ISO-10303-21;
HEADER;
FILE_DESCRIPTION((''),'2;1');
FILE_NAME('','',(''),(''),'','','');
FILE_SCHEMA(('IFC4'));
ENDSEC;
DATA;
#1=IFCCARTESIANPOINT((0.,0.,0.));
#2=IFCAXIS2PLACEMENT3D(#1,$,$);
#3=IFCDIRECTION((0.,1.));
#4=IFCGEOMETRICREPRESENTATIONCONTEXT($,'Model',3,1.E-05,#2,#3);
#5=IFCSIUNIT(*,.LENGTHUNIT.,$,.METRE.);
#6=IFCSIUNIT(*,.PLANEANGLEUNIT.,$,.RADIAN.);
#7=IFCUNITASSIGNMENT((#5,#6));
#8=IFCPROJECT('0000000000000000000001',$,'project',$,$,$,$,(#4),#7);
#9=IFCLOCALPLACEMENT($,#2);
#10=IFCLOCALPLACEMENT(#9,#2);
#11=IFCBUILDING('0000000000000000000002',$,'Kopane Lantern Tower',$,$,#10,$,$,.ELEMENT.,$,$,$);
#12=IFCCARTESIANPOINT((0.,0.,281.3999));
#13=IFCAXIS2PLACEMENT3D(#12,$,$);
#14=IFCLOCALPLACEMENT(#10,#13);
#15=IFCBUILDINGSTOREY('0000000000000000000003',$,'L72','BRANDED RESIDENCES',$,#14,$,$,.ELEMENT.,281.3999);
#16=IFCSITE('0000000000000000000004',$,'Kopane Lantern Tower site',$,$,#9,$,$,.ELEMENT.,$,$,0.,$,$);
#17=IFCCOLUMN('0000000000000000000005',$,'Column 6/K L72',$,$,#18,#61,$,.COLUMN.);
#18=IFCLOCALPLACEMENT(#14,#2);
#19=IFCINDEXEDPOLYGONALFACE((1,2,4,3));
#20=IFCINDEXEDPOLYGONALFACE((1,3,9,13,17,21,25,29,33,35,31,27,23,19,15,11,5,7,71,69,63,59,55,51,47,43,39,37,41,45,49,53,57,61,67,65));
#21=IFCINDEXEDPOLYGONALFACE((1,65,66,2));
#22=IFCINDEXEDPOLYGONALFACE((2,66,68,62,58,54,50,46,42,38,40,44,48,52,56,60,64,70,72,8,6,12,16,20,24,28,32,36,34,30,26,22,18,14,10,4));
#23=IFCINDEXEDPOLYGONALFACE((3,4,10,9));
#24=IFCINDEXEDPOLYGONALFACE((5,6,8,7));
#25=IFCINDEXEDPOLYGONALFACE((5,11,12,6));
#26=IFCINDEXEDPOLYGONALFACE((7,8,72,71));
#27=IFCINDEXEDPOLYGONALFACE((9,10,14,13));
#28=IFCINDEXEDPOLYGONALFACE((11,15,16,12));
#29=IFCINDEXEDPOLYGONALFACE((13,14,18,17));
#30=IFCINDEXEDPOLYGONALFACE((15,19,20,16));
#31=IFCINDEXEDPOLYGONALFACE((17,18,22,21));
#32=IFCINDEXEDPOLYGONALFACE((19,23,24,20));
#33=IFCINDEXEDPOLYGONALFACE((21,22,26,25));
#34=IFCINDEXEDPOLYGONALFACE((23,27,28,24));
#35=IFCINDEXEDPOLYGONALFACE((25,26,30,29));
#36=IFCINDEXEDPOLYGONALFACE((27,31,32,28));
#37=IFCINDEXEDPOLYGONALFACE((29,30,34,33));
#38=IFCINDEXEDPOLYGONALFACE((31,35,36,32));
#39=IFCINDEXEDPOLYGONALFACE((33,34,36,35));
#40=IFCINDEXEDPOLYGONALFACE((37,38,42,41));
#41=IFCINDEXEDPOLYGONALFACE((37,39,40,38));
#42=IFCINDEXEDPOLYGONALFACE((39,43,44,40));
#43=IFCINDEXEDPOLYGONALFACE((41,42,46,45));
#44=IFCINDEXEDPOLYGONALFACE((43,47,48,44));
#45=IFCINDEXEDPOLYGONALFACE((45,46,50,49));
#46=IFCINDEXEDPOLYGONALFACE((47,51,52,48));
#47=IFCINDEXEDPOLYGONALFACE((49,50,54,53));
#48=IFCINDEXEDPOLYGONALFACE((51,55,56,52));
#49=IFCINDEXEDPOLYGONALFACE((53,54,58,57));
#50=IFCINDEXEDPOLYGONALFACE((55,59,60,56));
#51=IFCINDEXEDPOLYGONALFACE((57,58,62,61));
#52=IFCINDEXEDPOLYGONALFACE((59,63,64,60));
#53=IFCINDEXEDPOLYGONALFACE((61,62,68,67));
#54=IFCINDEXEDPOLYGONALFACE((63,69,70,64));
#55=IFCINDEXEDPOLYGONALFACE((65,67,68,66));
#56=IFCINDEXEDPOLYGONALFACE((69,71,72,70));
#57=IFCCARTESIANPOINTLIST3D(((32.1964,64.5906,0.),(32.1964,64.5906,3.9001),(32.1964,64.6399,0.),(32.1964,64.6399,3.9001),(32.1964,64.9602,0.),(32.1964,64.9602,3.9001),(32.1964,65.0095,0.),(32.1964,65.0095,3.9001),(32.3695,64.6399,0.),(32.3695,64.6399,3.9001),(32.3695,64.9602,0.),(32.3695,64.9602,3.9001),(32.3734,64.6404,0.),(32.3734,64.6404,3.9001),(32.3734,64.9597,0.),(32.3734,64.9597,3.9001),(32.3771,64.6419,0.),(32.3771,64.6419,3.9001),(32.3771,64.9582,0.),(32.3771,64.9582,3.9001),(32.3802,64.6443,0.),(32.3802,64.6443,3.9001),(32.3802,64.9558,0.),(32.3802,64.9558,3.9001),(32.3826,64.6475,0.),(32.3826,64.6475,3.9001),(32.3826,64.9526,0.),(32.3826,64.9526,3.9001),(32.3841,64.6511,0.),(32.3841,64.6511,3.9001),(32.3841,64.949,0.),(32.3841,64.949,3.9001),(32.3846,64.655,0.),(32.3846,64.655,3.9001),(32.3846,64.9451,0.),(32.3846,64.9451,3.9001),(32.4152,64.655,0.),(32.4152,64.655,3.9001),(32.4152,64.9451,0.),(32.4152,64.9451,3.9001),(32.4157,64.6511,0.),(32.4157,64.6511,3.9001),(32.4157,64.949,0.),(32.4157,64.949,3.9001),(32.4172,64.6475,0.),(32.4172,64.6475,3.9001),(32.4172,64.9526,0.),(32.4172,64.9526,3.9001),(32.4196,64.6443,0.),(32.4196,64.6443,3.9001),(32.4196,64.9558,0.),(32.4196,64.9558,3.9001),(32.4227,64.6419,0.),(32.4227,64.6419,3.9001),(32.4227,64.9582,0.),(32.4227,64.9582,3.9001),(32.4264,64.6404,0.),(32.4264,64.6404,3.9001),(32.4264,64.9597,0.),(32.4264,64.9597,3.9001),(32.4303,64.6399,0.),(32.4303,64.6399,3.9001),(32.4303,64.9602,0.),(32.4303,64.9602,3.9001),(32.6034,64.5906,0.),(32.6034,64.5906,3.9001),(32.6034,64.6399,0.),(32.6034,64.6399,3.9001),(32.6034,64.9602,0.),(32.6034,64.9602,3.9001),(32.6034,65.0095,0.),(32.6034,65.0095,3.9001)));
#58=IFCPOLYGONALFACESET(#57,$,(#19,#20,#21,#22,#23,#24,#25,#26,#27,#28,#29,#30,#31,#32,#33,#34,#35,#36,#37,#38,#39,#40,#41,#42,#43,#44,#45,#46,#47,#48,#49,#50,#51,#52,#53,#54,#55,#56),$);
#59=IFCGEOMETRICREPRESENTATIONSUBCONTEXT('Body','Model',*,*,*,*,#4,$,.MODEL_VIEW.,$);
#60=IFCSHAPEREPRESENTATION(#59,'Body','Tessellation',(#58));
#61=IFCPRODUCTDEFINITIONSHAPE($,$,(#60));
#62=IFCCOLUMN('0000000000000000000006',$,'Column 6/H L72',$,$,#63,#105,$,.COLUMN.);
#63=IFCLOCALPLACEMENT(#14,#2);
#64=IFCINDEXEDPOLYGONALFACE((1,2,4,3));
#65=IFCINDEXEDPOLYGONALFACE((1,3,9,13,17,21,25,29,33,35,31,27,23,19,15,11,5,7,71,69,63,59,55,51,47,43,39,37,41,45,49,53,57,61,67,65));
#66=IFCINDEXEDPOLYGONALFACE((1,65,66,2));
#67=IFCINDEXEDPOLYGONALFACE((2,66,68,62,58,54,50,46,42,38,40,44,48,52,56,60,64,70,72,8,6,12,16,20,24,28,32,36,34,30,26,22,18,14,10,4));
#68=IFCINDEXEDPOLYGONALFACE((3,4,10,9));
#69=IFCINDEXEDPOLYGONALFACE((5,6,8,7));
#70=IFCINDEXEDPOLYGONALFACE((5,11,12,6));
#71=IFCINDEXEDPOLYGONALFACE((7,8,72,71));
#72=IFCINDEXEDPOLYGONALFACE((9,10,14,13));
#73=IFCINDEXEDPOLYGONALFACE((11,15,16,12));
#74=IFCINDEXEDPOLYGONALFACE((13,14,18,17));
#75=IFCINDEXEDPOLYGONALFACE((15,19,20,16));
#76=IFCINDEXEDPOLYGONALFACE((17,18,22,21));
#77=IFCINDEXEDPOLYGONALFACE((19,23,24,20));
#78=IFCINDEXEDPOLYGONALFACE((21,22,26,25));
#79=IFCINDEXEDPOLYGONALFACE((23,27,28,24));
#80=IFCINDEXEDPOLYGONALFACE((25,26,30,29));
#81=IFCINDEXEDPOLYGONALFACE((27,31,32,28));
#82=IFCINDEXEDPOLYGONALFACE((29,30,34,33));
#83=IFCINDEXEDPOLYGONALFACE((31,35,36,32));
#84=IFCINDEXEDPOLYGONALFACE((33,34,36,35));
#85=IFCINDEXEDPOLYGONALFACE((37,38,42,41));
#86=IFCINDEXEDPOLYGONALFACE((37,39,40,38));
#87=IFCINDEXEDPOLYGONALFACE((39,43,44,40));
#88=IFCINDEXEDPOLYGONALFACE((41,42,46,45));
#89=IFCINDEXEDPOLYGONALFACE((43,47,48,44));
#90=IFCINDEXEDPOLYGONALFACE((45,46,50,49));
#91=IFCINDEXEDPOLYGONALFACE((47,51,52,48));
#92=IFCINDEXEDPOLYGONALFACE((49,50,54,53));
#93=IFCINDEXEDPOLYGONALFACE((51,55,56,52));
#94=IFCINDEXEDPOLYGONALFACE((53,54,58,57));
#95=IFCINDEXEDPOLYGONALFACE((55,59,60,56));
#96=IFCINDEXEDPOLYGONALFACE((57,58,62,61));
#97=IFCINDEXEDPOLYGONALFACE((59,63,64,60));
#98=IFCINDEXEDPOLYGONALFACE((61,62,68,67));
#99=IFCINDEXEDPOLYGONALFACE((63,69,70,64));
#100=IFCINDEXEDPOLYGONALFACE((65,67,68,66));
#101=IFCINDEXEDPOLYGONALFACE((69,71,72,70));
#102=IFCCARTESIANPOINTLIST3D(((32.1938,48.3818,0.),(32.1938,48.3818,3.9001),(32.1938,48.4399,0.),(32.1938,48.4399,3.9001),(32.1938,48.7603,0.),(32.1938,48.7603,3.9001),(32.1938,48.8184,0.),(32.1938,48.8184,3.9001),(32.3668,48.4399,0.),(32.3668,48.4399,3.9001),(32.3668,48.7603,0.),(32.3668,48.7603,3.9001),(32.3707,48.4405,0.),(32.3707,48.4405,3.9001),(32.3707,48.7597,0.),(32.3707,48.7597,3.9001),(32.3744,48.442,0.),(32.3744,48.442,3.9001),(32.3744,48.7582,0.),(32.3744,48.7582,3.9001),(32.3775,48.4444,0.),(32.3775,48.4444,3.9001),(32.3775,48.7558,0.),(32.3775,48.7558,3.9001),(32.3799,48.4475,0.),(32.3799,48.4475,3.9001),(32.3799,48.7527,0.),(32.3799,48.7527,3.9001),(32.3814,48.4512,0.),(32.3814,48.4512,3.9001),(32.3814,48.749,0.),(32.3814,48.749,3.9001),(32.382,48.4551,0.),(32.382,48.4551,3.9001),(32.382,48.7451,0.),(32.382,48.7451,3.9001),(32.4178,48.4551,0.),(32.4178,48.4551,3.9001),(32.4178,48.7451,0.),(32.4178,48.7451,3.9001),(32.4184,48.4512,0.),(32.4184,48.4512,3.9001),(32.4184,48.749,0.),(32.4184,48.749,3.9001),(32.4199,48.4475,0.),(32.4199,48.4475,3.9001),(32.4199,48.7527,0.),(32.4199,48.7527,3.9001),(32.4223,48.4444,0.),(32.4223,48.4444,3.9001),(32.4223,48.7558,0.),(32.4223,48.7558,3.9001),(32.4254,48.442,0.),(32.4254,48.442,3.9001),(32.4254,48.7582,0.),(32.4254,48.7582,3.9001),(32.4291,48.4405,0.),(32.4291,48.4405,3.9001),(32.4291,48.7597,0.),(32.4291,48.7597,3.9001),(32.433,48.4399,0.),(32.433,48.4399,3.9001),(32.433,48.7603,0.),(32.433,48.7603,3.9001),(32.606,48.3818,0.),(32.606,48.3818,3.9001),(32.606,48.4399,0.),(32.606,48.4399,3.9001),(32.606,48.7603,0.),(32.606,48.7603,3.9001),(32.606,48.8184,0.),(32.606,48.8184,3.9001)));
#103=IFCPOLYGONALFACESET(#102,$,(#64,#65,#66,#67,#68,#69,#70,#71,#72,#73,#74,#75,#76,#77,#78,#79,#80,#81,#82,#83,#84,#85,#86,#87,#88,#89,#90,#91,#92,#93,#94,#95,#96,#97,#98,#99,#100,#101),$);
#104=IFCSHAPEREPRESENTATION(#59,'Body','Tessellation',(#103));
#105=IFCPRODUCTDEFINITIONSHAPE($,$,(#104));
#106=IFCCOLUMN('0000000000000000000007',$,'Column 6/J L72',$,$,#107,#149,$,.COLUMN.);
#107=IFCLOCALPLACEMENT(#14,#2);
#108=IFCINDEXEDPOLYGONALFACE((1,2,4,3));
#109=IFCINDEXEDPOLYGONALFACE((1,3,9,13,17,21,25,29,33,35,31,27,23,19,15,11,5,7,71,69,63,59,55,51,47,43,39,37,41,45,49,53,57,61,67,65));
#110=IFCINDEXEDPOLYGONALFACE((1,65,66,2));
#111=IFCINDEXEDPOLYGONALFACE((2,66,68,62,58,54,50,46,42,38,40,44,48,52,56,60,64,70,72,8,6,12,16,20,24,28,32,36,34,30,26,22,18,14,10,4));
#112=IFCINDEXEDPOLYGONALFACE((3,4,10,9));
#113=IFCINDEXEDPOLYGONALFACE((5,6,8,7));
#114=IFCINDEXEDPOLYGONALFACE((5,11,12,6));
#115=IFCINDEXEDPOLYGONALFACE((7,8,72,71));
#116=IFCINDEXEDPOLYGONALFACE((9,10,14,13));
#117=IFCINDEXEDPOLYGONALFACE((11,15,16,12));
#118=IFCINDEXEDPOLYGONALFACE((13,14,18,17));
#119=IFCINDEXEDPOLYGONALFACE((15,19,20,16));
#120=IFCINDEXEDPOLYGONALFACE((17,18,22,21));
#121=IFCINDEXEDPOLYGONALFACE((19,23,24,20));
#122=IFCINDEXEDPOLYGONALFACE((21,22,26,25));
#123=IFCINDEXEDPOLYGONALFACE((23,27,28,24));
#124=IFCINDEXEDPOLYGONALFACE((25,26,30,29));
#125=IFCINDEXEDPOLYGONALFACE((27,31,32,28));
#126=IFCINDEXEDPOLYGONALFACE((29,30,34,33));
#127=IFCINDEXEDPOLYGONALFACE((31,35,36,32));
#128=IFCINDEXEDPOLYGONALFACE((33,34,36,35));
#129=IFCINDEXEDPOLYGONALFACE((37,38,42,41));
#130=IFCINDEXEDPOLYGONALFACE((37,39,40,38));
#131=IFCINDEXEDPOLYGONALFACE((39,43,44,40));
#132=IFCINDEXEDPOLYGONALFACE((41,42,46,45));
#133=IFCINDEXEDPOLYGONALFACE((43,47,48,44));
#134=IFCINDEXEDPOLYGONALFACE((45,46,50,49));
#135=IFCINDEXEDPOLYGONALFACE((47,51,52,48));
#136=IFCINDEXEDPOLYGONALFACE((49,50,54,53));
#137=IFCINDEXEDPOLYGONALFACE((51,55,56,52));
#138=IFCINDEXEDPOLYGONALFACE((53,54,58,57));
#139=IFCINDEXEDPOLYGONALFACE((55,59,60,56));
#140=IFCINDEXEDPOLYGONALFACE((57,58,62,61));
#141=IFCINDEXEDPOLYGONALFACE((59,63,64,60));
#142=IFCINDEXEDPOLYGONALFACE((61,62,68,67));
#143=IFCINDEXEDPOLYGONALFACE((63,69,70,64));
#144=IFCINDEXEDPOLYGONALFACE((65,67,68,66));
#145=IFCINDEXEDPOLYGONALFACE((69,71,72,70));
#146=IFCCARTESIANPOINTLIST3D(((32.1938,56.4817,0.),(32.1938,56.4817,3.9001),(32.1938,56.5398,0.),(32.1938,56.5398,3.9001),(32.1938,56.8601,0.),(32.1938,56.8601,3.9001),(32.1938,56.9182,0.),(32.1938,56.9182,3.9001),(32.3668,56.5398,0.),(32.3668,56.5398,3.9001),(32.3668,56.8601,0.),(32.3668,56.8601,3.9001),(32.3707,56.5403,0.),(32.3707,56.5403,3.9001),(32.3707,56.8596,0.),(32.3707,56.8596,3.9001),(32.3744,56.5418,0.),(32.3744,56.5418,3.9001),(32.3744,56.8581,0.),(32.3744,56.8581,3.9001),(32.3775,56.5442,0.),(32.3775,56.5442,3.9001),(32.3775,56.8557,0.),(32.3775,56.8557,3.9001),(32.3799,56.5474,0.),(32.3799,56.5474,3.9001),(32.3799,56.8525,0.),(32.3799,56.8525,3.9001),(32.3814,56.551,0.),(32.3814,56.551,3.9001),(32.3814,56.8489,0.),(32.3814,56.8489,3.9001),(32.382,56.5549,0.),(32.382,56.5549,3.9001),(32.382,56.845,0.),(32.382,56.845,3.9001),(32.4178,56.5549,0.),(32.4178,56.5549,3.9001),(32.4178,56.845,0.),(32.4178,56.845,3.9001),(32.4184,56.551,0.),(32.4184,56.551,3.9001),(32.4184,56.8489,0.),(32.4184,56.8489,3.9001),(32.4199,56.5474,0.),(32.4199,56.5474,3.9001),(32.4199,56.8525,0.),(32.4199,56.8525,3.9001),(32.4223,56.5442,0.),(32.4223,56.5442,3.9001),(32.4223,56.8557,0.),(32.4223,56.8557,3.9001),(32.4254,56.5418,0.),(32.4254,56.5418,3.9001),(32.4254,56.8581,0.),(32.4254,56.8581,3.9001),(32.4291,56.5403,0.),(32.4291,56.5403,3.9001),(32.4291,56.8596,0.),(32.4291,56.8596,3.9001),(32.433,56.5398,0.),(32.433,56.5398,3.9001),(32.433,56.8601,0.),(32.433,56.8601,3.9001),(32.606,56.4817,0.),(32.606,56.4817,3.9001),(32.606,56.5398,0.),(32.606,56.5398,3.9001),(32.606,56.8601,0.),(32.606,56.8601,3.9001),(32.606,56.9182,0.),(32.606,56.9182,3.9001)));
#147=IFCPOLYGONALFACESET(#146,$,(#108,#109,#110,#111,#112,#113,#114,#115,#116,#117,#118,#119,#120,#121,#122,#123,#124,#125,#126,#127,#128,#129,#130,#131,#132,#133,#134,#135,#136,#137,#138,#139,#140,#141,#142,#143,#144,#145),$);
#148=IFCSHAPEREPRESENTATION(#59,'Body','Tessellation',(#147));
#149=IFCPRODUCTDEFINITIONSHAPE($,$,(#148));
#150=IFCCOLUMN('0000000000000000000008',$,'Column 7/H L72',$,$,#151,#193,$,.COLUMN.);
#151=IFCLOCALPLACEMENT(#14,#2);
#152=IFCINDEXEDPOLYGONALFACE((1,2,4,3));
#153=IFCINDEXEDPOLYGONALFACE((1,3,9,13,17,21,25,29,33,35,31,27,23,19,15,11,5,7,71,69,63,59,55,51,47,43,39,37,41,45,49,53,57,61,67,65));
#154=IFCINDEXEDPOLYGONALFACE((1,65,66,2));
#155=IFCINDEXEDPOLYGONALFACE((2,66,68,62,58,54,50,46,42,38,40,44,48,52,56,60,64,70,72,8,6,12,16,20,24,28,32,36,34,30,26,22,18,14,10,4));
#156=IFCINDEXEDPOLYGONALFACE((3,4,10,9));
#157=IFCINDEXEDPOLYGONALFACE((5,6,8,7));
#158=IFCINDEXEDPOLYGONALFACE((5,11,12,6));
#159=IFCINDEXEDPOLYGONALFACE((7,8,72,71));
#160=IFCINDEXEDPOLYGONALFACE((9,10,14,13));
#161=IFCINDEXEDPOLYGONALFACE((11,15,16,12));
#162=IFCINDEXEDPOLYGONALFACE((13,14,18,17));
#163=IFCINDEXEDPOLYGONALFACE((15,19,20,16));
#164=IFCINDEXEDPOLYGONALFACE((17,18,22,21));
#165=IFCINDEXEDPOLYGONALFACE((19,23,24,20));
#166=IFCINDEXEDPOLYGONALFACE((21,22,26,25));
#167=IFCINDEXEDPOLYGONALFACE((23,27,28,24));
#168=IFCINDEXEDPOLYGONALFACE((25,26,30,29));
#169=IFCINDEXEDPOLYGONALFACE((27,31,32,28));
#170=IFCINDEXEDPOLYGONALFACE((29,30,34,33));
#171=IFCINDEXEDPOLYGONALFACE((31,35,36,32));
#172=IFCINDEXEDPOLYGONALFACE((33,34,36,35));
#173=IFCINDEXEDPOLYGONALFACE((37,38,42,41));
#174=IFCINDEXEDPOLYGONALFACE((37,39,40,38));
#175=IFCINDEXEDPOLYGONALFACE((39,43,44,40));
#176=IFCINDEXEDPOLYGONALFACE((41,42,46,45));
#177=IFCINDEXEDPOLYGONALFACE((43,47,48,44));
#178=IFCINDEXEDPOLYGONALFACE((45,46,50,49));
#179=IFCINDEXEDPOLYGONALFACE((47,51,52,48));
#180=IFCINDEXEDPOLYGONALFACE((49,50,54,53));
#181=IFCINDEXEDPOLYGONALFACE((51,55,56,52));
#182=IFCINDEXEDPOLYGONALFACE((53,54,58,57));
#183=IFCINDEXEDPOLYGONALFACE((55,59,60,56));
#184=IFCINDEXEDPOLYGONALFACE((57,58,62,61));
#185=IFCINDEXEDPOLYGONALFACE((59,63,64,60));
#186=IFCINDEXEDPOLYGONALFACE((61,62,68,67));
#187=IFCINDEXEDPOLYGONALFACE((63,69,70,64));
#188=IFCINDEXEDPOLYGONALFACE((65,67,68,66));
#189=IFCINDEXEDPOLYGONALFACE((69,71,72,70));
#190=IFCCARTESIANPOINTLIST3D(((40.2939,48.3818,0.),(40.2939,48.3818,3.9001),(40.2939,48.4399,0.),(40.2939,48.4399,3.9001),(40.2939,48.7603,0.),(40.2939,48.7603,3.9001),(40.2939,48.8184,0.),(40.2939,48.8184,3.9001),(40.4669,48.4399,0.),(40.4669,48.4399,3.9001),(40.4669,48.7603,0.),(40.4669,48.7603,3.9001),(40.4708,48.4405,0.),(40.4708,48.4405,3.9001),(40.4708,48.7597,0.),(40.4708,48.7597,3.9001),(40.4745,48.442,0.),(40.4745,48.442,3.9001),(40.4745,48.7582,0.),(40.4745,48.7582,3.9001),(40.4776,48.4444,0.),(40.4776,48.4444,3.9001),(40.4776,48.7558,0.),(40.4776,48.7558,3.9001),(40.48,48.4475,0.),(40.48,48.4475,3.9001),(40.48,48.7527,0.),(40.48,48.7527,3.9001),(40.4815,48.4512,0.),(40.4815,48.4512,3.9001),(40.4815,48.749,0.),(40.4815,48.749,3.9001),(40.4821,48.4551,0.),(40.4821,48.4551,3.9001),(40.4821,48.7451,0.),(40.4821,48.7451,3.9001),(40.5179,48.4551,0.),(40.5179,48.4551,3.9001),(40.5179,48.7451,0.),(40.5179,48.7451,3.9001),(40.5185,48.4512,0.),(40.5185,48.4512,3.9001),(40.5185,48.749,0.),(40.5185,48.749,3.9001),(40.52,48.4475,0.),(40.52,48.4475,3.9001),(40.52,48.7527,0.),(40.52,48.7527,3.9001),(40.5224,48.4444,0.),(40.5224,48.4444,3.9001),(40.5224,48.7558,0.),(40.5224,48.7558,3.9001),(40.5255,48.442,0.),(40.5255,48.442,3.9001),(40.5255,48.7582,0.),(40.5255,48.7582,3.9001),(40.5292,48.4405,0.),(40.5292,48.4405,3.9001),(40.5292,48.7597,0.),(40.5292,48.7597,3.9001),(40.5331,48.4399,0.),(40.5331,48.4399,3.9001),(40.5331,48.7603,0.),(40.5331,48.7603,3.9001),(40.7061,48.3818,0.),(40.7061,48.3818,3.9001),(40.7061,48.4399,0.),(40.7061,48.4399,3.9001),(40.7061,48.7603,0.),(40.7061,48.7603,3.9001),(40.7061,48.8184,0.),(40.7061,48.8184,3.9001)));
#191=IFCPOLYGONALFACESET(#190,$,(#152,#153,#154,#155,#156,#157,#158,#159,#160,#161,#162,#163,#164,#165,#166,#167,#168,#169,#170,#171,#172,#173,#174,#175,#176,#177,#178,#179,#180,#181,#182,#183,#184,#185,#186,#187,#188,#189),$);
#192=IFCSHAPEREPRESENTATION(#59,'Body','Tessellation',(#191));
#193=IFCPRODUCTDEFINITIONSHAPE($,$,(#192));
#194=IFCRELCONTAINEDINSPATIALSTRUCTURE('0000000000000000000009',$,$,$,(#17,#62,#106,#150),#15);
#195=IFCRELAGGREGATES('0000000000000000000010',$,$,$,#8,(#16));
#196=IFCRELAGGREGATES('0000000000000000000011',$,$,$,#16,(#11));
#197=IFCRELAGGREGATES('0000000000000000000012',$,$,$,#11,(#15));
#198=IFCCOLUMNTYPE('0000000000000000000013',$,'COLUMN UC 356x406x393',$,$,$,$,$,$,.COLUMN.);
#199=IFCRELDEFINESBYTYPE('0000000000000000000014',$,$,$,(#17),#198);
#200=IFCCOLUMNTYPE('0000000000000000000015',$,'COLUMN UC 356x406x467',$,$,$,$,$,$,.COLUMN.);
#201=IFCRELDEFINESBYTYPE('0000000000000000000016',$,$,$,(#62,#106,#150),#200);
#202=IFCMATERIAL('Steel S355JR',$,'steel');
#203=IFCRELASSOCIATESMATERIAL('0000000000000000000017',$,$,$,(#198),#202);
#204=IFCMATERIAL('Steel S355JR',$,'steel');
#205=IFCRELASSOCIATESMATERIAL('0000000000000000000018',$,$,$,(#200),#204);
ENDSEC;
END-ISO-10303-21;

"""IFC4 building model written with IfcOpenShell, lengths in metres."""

from ifc_helpers import new_model, si_unit, direction, frame, origin, origin_2d, place, context, subcontext, project, spatial, i_section, extrude, material, material_profile, profile_set, type_object, element, save


model = new_model("IFC4")

# Units and contexts
model_context = context("Model", 3, precision=1e-05, world=origin(), true_north=direction((0.0, 1.0)))
body_context = subcontext(model_context, "Body", "Model", "MODEL_VIEW")
ifc_project = project(units=[si_unit("LENGTHUNIT", "METRE"), si_unit("PLANEANGLEUNIT", "RADIAN")], contexts=[model_context])

# Site, building, storey
site_placement = place(None, origin())
site = spatial("IfcSite", under=ifc_project, at=site_placement, Name="Kopane Lantern Tower site", CompositionType="ELEMENT", RefElevation=0.0)
building_placement = place(site_placement, origin())
building = spatial("IfcBuilding", under=site, at=building_placement, Name="Kopane Lantern Tower", CompositionType="ELEMENT")
storey_placement = place(building_placement, frame((0.0, 0.0, 281.3999)))
storey = spatial("IfcBuildingStorey", under=building, at=storey_placement, Name="L72", Description="BRANDED RESIDENCES", CompositionType="ELEMENT", Elevation=281.3999)

# Columns
ifc_material_1 = material(Name="Steel S355JR", Category="steel")
ifc_material_profile_1 = material_profile(ifc_material_1, i_section(OverallWidth=0.407, OverallDepth=0.4189, WebThickness=0.0305, FlangeThickness=0.0493, FilletRadius=0.0151, at=origin_2d()), Name="UC 356x406x393")
ifc_profile_set_1 = profile_set([ifc_material_profile_1], Name="Steel S355JR")
column_type_1 = type_object("IfcColumnType", Name="COLUMN UC 356x406x393", PredefinedType="COLUMN", material=ifc_profile_set_1)
column_placement = place(storey_placement, frame((32.3999, 64.8, 0.0), z_axis=(0.0, 0.0, 1.0), x_axis=(1.0, 0.0, 0.0)))
element("IfcColumn", 1, at=column_placement, inside=storey, type_object=column_type_1, Name="Column 6/K L72", PredefinedType="COLUMN", context=body_context, shape_type="SweptSolid", body=[
    extrude(i_section(OverallWidth=0.407, OverallDepth=0.4189, WebThickness=0.0305, FlangeThickness=0.0493, FilletRadius=0.0151, at=origin_2d()), origin(), (0.0, 0.0, 1.0), 3.9001),
])
ifc_material_2 = material(Name="Steel S355JR", Category="steel")
ifc_material_profile_2 = material_profile(ifc_material_2, i_section(OverallWidth=0.4121, OverallDepth=0.4365, WebThickness=0.0359, FlangeThickness=0.0581, FilletRadius=0.0151, at=origin_2d()), Name="UC 356x406x467")
ifc_profile_set_2 = profile_set([ifc_material_profile_2], Name="Steel S355JR")
column_type_2 = type_object("IfcColumnType", Name="COLUMN UC 356x406x467", PredefinedType="COLUMN", material=ifc_profile_set_2)
for number, where, z_axis, x_axis, name in (
    (2, (32.3999, 48.6001, 0.0), (0.0, 0.0, 1.0), (1.0, 0.0, 0.0), "Column 6/H L72"),
    (3, (32.3999, 56.7, 0.0), (0.0, 0.0, 1.0), (1.0, 0.0, 0.0), "Column 6/J L72"),
    (4, (40.5, 48.6001, 0.0), (0.0, 0.0, 1.0), (1.0, 0.0, 0.0), "Column 7/H L72"),
):
    element("IfcColumn", number, at=place(storey_placement, frame(where, z_axis=z_axis, x_axis=x_axis)), inside=storey, type_object=column_type_2, Name=name, PredefinedType="COLUMN", context=body_context, shape_type="SweptSolid", body=[
        extrude(i_section(OverallWidth=0.4121, OverallDepth=0.4365, WebThickness=0.0359, FlangeThickness=0.0581, FilletRadius=0.0151, at=origin_2d()), origin(), (0.0, 0.0, 1.0), 3.9001),
    ])

save(model, "model.ifc")
